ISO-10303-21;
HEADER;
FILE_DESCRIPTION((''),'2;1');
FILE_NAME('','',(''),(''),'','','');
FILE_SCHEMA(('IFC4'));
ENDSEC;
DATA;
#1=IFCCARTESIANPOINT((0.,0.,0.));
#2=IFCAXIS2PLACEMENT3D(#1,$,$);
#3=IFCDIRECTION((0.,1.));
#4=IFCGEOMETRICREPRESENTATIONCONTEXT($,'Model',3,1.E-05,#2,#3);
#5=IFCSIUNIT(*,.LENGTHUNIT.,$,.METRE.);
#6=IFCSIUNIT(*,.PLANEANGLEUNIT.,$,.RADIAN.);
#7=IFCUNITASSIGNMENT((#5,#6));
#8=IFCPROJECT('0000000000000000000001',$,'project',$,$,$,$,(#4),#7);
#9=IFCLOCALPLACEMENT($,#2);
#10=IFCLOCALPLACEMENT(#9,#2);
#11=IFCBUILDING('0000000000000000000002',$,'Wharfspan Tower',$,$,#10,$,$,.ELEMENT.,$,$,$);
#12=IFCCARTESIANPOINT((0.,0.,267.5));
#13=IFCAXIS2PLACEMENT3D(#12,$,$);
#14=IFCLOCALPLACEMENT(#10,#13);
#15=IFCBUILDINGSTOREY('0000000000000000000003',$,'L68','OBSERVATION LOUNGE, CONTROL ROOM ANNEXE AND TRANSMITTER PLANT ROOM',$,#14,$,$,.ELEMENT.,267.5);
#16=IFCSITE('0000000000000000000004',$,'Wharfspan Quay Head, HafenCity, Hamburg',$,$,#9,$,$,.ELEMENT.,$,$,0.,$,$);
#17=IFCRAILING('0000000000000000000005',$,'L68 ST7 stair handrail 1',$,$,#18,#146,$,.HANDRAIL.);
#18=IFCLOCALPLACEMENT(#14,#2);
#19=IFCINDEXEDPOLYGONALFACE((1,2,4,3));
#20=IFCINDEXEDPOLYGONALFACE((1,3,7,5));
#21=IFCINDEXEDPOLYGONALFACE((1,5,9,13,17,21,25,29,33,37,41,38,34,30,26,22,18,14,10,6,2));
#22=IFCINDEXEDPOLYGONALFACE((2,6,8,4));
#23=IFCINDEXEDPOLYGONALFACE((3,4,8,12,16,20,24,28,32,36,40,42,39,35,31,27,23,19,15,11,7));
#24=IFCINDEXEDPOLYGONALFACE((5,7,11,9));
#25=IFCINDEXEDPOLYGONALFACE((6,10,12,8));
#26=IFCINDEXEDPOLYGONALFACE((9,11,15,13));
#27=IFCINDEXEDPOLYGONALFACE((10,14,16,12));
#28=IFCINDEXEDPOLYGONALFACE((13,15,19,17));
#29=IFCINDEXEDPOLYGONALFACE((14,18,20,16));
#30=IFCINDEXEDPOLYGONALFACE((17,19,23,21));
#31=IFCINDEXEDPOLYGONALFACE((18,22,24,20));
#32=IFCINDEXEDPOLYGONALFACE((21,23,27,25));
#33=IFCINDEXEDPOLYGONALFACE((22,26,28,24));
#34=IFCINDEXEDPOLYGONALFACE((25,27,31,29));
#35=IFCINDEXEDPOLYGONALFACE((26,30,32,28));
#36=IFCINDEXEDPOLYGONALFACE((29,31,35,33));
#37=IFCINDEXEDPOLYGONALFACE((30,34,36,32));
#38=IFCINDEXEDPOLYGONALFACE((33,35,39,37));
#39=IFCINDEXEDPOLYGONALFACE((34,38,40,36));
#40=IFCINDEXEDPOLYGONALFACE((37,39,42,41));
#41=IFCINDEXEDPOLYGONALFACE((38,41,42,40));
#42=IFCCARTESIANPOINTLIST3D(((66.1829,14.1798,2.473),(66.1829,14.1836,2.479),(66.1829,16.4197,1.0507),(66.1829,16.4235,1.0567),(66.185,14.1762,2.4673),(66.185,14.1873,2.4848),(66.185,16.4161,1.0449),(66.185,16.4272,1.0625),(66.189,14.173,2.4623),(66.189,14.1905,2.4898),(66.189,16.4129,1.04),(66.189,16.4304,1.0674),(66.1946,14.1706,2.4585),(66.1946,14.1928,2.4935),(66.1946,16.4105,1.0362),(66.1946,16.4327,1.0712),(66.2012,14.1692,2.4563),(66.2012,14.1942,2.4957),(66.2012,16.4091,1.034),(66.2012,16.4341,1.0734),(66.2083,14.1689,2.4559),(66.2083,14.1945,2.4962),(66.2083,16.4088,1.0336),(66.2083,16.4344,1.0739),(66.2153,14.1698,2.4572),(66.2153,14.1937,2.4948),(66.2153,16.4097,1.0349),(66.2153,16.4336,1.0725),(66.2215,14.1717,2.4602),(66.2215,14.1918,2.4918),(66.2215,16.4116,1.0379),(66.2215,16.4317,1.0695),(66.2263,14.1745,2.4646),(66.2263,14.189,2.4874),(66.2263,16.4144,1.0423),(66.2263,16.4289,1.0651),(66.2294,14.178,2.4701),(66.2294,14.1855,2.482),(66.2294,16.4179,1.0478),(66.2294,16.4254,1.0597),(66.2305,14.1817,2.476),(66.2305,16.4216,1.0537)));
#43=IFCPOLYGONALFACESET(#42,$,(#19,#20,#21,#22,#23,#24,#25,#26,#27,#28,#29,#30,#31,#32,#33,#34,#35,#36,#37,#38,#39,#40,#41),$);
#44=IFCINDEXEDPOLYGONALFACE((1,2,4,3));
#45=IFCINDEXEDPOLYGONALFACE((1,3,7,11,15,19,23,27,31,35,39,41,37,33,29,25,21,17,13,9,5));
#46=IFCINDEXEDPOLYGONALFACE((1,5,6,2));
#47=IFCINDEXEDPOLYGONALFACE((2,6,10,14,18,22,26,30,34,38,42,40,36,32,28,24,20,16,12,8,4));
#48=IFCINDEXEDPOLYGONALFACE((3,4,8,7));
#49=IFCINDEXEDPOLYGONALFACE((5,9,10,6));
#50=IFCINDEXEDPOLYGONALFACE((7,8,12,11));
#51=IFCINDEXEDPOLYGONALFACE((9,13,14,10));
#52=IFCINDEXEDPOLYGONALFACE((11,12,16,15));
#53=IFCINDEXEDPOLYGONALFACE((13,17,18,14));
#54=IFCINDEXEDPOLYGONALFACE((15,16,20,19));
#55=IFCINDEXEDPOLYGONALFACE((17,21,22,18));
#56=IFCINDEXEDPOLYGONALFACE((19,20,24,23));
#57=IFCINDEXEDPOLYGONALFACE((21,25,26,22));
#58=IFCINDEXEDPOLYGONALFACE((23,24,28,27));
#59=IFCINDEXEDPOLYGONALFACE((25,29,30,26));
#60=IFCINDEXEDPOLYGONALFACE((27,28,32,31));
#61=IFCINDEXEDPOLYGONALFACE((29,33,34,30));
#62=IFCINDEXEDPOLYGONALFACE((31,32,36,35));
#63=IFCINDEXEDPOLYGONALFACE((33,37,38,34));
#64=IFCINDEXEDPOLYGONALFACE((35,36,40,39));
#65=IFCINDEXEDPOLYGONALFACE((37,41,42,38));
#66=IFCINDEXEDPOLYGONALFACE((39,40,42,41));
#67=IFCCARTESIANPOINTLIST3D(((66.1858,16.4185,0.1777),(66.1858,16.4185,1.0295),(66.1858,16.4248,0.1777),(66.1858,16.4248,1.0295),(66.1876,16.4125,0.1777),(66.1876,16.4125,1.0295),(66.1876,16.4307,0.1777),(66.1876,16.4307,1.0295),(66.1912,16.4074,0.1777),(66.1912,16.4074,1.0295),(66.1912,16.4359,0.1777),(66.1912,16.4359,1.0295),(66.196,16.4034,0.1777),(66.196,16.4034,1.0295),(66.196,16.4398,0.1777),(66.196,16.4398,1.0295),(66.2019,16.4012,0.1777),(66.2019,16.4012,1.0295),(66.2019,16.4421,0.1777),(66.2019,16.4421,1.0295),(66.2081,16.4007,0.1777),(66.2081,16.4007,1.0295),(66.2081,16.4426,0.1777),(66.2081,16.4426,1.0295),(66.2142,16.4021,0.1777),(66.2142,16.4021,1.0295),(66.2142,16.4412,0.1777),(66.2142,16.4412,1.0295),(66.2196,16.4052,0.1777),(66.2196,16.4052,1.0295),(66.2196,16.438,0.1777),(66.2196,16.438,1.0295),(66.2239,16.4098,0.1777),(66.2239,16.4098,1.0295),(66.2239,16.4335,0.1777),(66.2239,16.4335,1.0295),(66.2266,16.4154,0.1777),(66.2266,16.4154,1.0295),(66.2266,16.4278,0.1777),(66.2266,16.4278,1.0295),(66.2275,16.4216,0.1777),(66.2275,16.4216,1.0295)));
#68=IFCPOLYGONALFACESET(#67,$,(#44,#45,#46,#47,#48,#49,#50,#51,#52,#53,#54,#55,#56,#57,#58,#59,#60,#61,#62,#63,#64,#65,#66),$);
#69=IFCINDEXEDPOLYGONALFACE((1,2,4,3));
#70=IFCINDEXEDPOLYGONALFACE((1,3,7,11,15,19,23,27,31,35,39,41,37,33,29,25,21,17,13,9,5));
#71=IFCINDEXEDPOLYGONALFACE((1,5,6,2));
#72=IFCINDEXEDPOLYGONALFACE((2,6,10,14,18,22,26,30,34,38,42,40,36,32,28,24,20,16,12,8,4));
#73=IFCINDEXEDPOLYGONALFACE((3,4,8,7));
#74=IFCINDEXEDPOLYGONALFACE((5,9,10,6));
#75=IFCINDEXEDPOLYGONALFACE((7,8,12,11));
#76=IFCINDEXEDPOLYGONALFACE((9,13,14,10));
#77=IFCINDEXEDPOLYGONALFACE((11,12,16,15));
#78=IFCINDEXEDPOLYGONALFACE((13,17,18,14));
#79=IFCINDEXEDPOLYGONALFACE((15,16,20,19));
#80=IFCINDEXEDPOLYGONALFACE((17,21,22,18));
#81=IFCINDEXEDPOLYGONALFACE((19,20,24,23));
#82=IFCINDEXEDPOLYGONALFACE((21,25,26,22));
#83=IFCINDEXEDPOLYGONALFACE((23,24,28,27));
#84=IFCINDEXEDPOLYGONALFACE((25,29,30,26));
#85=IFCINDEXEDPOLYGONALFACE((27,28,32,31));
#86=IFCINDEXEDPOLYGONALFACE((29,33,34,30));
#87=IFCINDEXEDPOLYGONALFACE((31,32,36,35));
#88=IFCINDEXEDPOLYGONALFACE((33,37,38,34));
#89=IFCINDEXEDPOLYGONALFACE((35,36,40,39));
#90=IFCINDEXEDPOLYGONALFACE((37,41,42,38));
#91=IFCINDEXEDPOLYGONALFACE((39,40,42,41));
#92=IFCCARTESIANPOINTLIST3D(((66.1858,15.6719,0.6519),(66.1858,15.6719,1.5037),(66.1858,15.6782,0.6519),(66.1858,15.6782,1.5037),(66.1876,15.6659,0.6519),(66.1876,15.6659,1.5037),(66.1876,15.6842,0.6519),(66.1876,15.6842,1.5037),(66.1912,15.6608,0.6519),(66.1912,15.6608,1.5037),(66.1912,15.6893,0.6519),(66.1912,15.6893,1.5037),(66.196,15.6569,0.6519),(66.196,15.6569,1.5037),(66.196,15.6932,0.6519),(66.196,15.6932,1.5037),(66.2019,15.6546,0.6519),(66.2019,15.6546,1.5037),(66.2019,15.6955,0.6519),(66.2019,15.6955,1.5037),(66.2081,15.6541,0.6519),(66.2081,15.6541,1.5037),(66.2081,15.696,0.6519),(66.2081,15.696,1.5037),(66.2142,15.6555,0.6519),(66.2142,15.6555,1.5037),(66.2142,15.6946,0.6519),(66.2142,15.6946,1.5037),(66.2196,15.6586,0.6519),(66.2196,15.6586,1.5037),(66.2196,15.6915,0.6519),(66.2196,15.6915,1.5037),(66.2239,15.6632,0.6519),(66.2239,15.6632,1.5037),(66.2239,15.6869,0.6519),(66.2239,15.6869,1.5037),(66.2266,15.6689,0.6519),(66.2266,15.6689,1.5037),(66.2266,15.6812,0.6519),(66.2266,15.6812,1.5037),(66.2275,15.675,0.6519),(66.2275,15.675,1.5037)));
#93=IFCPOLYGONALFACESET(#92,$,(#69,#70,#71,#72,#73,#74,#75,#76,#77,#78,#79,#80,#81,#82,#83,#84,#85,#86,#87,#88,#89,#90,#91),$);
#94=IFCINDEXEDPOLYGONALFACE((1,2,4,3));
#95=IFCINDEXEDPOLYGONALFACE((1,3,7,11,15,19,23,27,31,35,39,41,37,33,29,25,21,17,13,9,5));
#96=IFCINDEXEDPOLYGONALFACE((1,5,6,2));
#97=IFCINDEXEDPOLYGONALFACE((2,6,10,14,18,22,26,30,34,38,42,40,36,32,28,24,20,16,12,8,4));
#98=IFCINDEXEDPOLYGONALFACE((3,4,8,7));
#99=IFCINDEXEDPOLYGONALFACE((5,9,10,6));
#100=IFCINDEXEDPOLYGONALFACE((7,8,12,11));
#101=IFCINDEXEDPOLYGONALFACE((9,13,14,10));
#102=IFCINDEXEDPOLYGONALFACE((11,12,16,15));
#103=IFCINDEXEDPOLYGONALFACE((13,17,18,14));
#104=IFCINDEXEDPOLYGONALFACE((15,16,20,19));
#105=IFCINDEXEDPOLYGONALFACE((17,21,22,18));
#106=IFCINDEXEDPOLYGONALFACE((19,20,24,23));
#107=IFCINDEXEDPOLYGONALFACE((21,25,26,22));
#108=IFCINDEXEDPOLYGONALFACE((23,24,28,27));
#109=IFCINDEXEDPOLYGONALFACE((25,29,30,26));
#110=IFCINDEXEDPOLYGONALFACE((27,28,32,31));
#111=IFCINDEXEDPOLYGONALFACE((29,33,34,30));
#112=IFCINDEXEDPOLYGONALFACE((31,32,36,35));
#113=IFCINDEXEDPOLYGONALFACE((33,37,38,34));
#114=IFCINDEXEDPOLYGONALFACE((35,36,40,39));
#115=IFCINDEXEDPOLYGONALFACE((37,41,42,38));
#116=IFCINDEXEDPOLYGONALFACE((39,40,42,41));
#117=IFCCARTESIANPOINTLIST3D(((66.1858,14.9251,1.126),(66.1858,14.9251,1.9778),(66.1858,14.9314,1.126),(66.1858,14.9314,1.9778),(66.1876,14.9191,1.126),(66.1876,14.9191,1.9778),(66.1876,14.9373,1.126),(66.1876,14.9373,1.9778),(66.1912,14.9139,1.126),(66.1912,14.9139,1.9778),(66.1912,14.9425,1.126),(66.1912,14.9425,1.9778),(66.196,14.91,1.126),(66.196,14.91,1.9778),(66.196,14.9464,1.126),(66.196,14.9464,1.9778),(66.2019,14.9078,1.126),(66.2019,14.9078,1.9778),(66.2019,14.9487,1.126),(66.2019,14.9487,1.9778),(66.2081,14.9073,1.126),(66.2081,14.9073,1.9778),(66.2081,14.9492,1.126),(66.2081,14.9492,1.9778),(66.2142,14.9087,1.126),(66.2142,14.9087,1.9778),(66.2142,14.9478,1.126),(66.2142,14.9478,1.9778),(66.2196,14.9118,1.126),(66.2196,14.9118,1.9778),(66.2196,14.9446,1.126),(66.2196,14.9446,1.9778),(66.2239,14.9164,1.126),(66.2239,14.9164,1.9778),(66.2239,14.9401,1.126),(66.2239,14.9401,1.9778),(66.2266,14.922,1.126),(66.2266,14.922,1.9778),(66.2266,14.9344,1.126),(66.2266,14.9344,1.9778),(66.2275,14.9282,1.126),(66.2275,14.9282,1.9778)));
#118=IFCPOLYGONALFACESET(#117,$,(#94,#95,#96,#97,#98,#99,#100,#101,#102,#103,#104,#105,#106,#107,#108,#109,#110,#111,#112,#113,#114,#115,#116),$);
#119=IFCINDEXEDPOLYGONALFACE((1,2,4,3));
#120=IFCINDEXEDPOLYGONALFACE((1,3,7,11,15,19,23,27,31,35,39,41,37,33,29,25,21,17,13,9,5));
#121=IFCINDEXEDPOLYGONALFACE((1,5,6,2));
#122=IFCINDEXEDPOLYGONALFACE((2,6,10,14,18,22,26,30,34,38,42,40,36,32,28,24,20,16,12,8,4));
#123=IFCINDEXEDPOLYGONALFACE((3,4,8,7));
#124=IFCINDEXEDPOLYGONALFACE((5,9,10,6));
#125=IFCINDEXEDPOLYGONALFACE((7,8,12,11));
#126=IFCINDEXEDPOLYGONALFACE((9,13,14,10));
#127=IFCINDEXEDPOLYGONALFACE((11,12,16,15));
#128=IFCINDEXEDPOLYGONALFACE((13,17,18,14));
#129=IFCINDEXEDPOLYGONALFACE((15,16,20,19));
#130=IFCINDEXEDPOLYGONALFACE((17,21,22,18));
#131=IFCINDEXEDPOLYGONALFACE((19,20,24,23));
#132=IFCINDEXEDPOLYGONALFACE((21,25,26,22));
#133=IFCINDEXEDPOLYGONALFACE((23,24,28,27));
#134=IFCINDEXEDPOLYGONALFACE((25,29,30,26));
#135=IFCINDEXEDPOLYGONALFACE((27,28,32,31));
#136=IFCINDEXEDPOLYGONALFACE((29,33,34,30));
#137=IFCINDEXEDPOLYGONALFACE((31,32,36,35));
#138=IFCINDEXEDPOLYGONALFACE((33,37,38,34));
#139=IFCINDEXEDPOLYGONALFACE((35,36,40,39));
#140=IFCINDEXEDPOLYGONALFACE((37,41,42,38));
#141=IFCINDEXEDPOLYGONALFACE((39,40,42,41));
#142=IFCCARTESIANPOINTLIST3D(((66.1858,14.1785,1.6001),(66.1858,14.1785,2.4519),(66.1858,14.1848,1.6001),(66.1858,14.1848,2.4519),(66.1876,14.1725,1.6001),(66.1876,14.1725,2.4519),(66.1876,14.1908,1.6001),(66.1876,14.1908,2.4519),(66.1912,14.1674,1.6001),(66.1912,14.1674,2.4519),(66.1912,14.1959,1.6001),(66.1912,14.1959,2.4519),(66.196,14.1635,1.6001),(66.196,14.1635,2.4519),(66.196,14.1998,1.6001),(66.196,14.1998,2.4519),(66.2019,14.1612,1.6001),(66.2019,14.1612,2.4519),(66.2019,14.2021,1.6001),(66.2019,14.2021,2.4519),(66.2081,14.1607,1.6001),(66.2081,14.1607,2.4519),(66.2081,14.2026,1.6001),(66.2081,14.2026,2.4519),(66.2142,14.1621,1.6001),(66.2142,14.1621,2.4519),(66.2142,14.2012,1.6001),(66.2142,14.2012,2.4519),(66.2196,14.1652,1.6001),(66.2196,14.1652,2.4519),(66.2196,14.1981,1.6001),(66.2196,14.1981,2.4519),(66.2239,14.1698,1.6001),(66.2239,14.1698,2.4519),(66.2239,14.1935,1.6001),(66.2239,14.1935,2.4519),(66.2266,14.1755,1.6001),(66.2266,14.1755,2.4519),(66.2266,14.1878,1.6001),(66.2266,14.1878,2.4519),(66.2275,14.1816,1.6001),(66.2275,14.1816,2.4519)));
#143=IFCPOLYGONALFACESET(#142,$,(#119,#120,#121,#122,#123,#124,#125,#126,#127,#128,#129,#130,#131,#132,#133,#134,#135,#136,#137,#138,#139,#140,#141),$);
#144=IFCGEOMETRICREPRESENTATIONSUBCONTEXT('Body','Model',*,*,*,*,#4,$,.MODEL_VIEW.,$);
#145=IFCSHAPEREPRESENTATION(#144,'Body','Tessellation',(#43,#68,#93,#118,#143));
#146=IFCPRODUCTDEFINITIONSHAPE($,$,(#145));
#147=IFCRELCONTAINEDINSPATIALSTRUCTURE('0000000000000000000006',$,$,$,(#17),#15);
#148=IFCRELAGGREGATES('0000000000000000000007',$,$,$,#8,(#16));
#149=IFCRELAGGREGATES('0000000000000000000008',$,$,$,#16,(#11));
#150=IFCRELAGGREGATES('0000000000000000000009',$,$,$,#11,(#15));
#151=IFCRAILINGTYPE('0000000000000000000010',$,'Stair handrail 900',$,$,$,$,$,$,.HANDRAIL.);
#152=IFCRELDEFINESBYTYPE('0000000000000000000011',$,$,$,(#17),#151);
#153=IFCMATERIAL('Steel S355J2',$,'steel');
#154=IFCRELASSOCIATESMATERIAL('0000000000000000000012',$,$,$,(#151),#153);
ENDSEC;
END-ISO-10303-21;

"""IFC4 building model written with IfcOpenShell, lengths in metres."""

from ifc_helpers import new_model, si_unit, direction, frame, origin, origin_2d, place, context, subcontext, project, spatial, circle, extrude, material, type_object, element, save


model = new_model("IFC4")

# Units and contexts
model_context = context("Model", 3, precision=1e-05, world=origin(), true_north=direction((0.0, 1.0)))
body_context = subcontext(model_context, "Body", "Model", "MODEL_VIEW")
ifc_project = project(units=[si_unit("LENGTHUNIT", "METRE"), si_unit("PLANEANGLEUNIT", "RADIAN")], contexts=[model_context])

# Site, building, storey
site_placement = place(None, origin())
site = spatial("IfcSite", under=ifc_project, at=site_placement, Name="Wharfspan Quay Head, HafenCity, Hamburg", CompositionType="ELEMENT", RefElevation=0.0)
building_placement = place(site_placement, origin())
building = spatial("IfcBuilding", under=site, at=building_placement, Name="Wharfspan Tower", CompositionType="ELEMENT")
storey_placement = place(building_placement, frame((0.0, 0.0, 267.5)))
storey = spatial("IfcBuildingStorey", under=building, at=storey_placement, Name="L68", Description="OBSERVATION LOUNGE, CONTROL ROOM ANNEXE AND TRANSMITTER PLANT ROOM", CompositionType="ELEMENT", Elevation=267.5)

# Shared definitions
ifc_material_1 = material(Name="Steel S355J2", Category="steel")

# Railing
railing_type = type_object("IfcRailingType", Name="Stair handrail 900", PredefinedType="HANDRAIL", material=ifc_material_1)
railing_placement = place(storey_placement, frame((66.2065, 16.4216, 0.1777)))
element("IfcRailing", 1, at=railing_placement, inside=storey, type_object=railing_type, Name="L68 ST7 stair handrail 1", PredefinedType="HANDRAIL", context=body_context, shape_type="SweptSolid", body=[
    extrude(circle(Radius=0.0239, at=origin_2d()), frame((0.0, 0.0, 0.876), z_axis=(0.0, -0.844188, 0.536048), x_axis=(1.0, 0.0, 0.0)), (0.0, 0.0, 1.0), 2.6533),
    extrude(circle(Radius=0.021, at=origin_2d()), origin(), (0.0, 0.0, 1.0), 0.8518),
    extrude(circle(Radius=0.021, at=origin_2d()), frame((0.0, -0.7466, 0.4741)), (0.0, 0.0, 1.0), 0.8518),
    extrude(circle(Radius=0.021, at=origin_2d()), frame((0.0, -1.4934, 0.9482)), (0.0, 0.0, 1.0), 0.8518),
    extrude(circle(Radius=0.021, at=origin_2d()), frame((0.0, -2.24, 1.4224)), (0.0, 0.0, 1.0), 0.8518),
])

save(model, "model.ifc")
